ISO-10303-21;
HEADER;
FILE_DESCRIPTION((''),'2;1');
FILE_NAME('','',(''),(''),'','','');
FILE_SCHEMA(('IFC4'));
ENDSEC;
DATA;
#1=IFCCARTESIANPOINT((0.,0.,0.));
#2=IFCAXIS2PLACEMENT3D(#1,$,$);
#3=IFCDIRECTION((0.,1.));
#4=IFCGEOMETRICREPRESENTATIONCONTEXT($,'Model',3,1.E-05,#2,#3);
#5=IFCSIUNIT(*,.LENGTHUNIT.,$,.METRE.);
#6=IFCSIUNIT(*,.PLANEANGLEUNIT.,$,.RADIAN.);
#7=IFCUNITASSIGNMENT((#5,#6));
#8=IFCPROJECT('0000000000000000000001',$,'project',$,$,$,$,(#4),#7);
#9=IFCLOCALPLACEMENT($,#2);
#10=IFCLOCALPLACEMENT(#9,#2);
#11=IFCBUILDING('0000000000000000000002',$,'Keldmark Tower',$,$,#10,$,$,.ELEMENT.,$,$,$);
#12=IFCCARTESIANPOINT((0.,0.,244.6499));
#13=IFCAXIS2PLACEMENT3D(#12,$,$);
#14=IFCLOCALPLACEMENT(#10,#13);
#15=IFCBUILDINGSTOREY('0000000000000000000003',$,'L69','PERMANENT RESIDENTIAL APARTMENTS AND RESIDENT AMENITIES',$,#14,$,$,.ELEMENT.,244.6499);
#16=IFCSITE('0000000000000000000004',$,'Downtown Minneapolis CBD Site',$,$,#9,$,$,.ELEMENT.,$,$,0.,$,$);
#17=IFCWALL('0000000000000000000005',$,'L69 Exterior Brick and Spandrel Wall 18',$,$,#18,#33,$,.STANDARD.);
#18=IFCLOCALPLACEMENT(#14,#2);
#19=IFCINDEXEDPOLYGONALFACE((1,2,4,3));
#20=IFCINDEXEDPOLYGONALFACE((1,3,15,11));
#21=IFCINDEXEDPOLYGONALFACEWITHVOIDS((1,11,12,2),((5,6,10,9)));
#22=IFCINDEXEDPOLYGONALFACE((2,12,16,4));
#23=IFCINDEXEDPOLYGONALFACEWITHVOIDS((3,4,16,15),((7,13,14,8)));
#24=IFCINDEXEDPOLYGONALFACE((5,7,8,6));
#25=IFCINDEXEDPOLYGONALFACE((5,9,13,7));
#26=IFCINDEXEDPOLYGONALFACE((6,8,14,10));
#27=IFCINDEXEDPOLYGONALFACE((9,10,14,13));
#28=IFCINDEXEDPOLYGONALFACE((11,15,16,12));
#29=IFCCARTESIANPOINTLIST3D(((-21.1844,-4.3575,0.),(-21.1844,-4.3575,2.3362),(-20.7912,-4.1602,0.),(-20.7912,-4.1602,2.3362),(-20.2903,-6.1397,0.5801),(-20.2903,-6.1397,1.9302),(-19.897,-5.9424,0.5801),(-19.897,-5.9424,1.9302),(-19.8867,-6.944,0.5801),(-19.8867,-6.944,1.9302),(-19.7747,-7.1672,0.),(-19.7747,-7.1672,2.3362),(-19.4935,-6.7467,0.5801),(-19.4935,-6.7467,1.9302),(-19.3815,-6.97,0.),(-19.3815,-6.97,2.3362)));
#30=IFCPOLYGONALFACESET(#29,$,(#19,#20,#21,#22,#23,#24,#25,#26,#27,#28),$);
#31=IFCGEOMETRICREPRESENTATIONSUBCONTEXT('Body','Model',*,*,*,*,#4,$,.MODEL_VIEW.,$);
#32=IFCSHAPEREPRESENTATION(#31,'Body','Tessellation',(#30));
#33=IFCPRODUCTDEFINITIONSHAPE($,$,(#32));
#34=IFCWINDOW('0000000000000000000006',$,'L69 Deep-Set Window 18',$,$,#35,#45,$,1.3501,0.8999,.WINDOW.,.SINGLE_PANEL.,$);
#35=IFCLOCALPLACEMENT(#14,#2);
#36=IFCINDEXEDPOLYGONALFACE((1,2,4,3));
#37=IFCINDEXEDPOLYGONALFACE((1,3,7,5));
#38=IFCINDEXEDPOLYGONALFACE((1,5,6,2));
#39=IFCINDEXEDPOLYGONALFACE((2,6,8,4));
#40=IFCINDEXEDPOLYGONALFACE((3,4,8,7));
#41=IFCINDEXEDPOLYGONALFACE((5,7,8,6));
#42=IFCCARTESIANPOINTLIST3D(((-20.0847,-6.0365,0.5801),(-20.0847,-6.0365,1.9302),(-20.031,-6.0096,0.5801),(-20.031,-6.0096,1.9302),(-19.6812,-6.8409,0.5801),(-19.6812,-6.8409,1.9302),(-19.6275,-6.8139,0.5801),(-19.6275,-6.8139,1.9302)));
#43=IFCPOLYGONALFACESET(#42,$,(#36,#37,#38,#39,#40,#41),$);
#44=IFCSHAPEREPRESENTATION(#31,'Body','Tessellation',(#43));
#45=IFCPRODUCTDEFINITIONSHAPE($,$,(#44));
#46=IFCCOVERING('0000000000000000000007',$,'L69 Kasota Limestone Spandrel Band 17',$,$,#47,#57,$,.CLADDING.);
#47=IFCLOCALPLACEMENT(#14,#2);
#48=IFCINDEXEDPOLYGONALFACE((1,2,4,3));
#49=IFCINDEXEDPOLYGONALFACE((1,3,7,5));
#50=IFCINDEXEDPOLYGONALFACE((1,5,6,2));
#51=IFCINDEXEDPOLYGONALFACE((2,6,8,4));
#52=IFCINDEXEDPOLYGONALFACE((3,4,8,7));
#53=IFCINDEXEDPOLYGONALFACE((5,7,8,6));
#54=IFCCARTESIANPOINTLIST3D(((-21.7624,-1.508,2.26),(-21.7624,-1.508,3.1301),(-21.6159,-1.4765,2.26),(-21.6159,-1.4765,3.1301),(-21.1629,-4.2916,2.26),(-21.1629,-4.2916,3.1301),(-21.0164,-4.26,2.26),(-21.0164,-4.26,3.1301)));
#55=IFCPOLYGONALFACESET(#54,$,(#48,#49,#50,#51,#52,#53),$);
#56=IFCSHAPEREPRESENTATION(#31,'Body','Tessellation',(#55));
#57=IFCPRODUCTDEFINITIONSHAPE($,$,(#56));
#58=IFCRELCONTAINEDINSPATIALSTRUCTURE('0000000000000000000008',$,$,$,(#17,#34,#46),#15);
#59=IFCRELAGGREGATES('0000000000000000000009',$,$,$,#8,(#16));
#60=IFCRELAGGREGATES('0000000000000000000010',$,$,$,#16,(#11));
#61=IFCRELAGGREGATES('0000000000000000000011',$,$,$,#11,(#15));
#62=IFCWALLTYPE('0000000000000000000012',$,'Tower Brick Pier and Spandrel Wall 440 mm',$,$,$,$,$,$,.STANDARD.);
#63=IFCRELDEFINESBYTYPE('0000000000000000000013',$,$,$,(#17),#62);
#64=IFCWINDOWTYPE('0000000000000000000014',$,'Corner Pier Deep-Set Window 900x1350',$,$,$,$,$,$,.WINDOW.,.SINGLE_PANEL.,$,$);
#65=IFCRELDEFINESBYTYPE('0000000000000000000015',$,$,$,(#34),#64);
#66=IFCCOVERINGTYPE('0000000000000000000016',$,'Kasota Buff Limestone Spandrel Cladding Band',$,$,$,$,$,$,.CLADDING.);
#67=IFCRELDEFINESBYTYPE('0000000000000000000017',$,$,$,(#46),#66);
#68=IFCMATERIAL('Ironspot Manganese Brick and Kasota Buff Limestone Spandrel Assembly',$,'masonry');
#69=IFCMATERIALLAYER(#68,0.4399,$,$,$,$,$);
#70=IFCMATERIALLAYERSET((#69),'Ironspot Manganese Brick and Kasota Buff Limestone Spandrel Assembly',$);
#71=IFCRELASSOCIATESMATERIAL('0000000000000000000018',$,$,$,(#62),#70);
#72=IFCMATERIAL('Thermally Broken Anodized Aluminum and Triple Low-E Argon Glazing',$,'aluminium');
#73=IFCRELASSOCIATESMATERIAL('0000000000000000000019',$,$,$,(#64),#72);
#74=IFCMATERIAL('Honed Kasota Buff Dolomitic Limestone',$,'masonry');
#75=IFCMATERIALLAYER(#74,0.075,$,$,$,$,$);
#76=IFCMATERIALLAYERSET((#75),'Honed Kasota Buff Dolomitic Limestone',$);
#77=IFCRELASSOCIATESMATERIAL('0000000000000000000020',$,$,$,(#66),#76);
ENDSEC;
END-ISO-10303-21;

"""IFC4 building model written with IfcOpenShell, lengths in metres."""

from ifc_helpers import new_model, si_unit, direction, frame, frame_2d, origin, origin_2d, place, context, subcontext, project, spatial, rectangle, extrude, material, layer, layer_set, type_object, element, fill, save


model = new_model("IFC4")

# Units and contexts
model_context = context("Model", 3, precision=1e-05, world=origin(), true_north=direction((0.0, 1.0)))
body_context = subcontext(model_context, "Body", "Model", "MODEL_VIEW")
ifc_project = project(units=[si_unit("LENGTHUNIT", "METRE"), si_unit("PLANEANGLEUNIT", "RADIAN")], contexts=[model_context])

# Site, building, storey
site_placement = place(None, origin())
site = spatial("IfcSite", under=ifc_project, at=site_placement, Name="Downtown Minneapolis CBD Site", CompositionType="ELEMENT", RefElevation=0.0)
building_placement = place(site_placement, origin())
building = spatial("IfcBuilding", under=site, at=building_placement, Name="Keldmark Tower", CompositionType="ELEMENT")
storey_placement = place(building_placement, frame((0.0, 0.0, 244.6499)))
storey = spatial("IfcBuildingStorey", under=building, at=storey_placement, Name="L69", Description="PERMANENT RESIDENTIAL APARTMENTS AND RESIDENT AMENITIES", CompositionType="ELEMENT", Elevation=244.6499)

# Wall, opening, window
ifc_material_1 = material(Name="Ironspot Manganese Brick and Kasota Buff Limestone Spandrel Assembly", Category="masonry")
ifc_layer_1 = layer(ifc_material_1, 0.4399)
ifc_layer_set_1 = layer_set([ifc_layer_1], Name="Ironspot Manganese Brick and Kasota Buff Limestone Spandrel Assembly")
wall_type_1 = type_object("IfcWallType", Name="Tower Brick Pier and Spandrel Wall 440 mm", PredefinedType="STANDARD", material=ifc_layer_set_1)
wall_1_placement = place(storey_placement, frame((-19.5781, -7.0686, 0.0), z_axis=(0.0, 0.0, 1.0), x_axis=(-0.448425, 0.893821, 0.0)))
wall_1 = element("IfcWall", 1, at=wall_1_placement, inside=storey, type_object=wall_type_1, Name="L69 Exterior Brick and Spandrel Wall 18", PredefinedType="STANDARD", context=body_context, shape_type="SweptSolid", body=[
    extrude(rectangle(XDim=3.1436, YDim=0.4399, at=frame_2d((1.5718, 0.0))), origin(), (0.0, 0.0, 1.0), 2.3362),
])
opening_1_placement = place(wall_1_placement, frame((0.2498, 0.0, 0.5801)))
opening_1 = element("IfcOpeningElement", 2, at=opening_1_placement, cuts=wall_1, PredefinedType="OPENING", context=body_context, shape_type="SweptSolid", body=[
    extrude(rectangle(XDim=0.8999, YDim=1.3501, at=frame_2d((0.45, 0.675))), frame((0.0, 0.23, 0.0), z_axis=(0.0, -1.0, 0.0), x_axis=(1.0, 0.0, 0.0)), (0.0, 0.0, 1.0), 0.46),
])
ifc_material_2 = material(Name="Thermally Broken Anodized Aluminum and Triple Low-E Argon Glazing", Category="aluminium")
window_type_1 = type_object("IfcWindowType", Name="Corner Pier Deep-Set Window 900x1350", PartitioningType="SINGLE_PANEL", PredefinedType="WINDOW", material=ifc_material_2)
window_1_placement = place(opening_1_placement, origin())
window_1 = element("IfcWindow", 3, at=window_1_placement, inside=storey, type_object=window_type_1, Name="L69 Deep-Set Window 18", OverallHeight=1.3501, OverallWidth=0.8999, PartitioningType="SINGLE_PANEL", PredefinedType="WINDOW", context=body_context, shape_type="SweptSolid", body=[
    extrude(rectangle(XDim=0.8999, YDim=1.3501, at=frame_2d((0.45, 0.675))), frame((0.0, -0.01, 0.0), z_axis=(0.0, -1.0, 0.0), x_axis=(1.0, 0.0, 0.0)), (0.0, 0.0, 1.0), 0.0601),
])
fill(opening_1, window_1)

# Covering
ifc_material_3 = material(Name="Honed Kasota Buff Dolomitic Limestone", Category="masonry")
ifc_layer_2 = layer(ifc_material_3, 0.075)
ifc_layer_set_2 = layer_set([ifc_layer_2], Name="Honed Kasota Buff Dolomitic Limestone")
covering_type = type_object("IfcCoveringType", Name="Kasota Buff Limestone Spandrel Cladding Band", PredefinedType="CLADDING", material=ifc_layer_set_2)
covering_placement = place(storey_placement, frame((-21.3894, -2.884, 2.26), z_axis=(0.0, 0.0, 1.0), x_axis=(0.21054, -0.977585, 0.0)))
element("IfcCovering", 4, at=covering_placement, inside=storey, type_object=covering_type, Name="L69 Kasota Limestone Spandrel Band 17", PredefinedType="CLADDING", context=body_context, shape_type="SweptSolid", body=[
    extrude(rectangle(XDim=2.8474, YDim=0.1499, at=origin_2d()), origin(), (0.0, 0.0, 1.0), 0.8701),
])

save(model, "model.ifc")
